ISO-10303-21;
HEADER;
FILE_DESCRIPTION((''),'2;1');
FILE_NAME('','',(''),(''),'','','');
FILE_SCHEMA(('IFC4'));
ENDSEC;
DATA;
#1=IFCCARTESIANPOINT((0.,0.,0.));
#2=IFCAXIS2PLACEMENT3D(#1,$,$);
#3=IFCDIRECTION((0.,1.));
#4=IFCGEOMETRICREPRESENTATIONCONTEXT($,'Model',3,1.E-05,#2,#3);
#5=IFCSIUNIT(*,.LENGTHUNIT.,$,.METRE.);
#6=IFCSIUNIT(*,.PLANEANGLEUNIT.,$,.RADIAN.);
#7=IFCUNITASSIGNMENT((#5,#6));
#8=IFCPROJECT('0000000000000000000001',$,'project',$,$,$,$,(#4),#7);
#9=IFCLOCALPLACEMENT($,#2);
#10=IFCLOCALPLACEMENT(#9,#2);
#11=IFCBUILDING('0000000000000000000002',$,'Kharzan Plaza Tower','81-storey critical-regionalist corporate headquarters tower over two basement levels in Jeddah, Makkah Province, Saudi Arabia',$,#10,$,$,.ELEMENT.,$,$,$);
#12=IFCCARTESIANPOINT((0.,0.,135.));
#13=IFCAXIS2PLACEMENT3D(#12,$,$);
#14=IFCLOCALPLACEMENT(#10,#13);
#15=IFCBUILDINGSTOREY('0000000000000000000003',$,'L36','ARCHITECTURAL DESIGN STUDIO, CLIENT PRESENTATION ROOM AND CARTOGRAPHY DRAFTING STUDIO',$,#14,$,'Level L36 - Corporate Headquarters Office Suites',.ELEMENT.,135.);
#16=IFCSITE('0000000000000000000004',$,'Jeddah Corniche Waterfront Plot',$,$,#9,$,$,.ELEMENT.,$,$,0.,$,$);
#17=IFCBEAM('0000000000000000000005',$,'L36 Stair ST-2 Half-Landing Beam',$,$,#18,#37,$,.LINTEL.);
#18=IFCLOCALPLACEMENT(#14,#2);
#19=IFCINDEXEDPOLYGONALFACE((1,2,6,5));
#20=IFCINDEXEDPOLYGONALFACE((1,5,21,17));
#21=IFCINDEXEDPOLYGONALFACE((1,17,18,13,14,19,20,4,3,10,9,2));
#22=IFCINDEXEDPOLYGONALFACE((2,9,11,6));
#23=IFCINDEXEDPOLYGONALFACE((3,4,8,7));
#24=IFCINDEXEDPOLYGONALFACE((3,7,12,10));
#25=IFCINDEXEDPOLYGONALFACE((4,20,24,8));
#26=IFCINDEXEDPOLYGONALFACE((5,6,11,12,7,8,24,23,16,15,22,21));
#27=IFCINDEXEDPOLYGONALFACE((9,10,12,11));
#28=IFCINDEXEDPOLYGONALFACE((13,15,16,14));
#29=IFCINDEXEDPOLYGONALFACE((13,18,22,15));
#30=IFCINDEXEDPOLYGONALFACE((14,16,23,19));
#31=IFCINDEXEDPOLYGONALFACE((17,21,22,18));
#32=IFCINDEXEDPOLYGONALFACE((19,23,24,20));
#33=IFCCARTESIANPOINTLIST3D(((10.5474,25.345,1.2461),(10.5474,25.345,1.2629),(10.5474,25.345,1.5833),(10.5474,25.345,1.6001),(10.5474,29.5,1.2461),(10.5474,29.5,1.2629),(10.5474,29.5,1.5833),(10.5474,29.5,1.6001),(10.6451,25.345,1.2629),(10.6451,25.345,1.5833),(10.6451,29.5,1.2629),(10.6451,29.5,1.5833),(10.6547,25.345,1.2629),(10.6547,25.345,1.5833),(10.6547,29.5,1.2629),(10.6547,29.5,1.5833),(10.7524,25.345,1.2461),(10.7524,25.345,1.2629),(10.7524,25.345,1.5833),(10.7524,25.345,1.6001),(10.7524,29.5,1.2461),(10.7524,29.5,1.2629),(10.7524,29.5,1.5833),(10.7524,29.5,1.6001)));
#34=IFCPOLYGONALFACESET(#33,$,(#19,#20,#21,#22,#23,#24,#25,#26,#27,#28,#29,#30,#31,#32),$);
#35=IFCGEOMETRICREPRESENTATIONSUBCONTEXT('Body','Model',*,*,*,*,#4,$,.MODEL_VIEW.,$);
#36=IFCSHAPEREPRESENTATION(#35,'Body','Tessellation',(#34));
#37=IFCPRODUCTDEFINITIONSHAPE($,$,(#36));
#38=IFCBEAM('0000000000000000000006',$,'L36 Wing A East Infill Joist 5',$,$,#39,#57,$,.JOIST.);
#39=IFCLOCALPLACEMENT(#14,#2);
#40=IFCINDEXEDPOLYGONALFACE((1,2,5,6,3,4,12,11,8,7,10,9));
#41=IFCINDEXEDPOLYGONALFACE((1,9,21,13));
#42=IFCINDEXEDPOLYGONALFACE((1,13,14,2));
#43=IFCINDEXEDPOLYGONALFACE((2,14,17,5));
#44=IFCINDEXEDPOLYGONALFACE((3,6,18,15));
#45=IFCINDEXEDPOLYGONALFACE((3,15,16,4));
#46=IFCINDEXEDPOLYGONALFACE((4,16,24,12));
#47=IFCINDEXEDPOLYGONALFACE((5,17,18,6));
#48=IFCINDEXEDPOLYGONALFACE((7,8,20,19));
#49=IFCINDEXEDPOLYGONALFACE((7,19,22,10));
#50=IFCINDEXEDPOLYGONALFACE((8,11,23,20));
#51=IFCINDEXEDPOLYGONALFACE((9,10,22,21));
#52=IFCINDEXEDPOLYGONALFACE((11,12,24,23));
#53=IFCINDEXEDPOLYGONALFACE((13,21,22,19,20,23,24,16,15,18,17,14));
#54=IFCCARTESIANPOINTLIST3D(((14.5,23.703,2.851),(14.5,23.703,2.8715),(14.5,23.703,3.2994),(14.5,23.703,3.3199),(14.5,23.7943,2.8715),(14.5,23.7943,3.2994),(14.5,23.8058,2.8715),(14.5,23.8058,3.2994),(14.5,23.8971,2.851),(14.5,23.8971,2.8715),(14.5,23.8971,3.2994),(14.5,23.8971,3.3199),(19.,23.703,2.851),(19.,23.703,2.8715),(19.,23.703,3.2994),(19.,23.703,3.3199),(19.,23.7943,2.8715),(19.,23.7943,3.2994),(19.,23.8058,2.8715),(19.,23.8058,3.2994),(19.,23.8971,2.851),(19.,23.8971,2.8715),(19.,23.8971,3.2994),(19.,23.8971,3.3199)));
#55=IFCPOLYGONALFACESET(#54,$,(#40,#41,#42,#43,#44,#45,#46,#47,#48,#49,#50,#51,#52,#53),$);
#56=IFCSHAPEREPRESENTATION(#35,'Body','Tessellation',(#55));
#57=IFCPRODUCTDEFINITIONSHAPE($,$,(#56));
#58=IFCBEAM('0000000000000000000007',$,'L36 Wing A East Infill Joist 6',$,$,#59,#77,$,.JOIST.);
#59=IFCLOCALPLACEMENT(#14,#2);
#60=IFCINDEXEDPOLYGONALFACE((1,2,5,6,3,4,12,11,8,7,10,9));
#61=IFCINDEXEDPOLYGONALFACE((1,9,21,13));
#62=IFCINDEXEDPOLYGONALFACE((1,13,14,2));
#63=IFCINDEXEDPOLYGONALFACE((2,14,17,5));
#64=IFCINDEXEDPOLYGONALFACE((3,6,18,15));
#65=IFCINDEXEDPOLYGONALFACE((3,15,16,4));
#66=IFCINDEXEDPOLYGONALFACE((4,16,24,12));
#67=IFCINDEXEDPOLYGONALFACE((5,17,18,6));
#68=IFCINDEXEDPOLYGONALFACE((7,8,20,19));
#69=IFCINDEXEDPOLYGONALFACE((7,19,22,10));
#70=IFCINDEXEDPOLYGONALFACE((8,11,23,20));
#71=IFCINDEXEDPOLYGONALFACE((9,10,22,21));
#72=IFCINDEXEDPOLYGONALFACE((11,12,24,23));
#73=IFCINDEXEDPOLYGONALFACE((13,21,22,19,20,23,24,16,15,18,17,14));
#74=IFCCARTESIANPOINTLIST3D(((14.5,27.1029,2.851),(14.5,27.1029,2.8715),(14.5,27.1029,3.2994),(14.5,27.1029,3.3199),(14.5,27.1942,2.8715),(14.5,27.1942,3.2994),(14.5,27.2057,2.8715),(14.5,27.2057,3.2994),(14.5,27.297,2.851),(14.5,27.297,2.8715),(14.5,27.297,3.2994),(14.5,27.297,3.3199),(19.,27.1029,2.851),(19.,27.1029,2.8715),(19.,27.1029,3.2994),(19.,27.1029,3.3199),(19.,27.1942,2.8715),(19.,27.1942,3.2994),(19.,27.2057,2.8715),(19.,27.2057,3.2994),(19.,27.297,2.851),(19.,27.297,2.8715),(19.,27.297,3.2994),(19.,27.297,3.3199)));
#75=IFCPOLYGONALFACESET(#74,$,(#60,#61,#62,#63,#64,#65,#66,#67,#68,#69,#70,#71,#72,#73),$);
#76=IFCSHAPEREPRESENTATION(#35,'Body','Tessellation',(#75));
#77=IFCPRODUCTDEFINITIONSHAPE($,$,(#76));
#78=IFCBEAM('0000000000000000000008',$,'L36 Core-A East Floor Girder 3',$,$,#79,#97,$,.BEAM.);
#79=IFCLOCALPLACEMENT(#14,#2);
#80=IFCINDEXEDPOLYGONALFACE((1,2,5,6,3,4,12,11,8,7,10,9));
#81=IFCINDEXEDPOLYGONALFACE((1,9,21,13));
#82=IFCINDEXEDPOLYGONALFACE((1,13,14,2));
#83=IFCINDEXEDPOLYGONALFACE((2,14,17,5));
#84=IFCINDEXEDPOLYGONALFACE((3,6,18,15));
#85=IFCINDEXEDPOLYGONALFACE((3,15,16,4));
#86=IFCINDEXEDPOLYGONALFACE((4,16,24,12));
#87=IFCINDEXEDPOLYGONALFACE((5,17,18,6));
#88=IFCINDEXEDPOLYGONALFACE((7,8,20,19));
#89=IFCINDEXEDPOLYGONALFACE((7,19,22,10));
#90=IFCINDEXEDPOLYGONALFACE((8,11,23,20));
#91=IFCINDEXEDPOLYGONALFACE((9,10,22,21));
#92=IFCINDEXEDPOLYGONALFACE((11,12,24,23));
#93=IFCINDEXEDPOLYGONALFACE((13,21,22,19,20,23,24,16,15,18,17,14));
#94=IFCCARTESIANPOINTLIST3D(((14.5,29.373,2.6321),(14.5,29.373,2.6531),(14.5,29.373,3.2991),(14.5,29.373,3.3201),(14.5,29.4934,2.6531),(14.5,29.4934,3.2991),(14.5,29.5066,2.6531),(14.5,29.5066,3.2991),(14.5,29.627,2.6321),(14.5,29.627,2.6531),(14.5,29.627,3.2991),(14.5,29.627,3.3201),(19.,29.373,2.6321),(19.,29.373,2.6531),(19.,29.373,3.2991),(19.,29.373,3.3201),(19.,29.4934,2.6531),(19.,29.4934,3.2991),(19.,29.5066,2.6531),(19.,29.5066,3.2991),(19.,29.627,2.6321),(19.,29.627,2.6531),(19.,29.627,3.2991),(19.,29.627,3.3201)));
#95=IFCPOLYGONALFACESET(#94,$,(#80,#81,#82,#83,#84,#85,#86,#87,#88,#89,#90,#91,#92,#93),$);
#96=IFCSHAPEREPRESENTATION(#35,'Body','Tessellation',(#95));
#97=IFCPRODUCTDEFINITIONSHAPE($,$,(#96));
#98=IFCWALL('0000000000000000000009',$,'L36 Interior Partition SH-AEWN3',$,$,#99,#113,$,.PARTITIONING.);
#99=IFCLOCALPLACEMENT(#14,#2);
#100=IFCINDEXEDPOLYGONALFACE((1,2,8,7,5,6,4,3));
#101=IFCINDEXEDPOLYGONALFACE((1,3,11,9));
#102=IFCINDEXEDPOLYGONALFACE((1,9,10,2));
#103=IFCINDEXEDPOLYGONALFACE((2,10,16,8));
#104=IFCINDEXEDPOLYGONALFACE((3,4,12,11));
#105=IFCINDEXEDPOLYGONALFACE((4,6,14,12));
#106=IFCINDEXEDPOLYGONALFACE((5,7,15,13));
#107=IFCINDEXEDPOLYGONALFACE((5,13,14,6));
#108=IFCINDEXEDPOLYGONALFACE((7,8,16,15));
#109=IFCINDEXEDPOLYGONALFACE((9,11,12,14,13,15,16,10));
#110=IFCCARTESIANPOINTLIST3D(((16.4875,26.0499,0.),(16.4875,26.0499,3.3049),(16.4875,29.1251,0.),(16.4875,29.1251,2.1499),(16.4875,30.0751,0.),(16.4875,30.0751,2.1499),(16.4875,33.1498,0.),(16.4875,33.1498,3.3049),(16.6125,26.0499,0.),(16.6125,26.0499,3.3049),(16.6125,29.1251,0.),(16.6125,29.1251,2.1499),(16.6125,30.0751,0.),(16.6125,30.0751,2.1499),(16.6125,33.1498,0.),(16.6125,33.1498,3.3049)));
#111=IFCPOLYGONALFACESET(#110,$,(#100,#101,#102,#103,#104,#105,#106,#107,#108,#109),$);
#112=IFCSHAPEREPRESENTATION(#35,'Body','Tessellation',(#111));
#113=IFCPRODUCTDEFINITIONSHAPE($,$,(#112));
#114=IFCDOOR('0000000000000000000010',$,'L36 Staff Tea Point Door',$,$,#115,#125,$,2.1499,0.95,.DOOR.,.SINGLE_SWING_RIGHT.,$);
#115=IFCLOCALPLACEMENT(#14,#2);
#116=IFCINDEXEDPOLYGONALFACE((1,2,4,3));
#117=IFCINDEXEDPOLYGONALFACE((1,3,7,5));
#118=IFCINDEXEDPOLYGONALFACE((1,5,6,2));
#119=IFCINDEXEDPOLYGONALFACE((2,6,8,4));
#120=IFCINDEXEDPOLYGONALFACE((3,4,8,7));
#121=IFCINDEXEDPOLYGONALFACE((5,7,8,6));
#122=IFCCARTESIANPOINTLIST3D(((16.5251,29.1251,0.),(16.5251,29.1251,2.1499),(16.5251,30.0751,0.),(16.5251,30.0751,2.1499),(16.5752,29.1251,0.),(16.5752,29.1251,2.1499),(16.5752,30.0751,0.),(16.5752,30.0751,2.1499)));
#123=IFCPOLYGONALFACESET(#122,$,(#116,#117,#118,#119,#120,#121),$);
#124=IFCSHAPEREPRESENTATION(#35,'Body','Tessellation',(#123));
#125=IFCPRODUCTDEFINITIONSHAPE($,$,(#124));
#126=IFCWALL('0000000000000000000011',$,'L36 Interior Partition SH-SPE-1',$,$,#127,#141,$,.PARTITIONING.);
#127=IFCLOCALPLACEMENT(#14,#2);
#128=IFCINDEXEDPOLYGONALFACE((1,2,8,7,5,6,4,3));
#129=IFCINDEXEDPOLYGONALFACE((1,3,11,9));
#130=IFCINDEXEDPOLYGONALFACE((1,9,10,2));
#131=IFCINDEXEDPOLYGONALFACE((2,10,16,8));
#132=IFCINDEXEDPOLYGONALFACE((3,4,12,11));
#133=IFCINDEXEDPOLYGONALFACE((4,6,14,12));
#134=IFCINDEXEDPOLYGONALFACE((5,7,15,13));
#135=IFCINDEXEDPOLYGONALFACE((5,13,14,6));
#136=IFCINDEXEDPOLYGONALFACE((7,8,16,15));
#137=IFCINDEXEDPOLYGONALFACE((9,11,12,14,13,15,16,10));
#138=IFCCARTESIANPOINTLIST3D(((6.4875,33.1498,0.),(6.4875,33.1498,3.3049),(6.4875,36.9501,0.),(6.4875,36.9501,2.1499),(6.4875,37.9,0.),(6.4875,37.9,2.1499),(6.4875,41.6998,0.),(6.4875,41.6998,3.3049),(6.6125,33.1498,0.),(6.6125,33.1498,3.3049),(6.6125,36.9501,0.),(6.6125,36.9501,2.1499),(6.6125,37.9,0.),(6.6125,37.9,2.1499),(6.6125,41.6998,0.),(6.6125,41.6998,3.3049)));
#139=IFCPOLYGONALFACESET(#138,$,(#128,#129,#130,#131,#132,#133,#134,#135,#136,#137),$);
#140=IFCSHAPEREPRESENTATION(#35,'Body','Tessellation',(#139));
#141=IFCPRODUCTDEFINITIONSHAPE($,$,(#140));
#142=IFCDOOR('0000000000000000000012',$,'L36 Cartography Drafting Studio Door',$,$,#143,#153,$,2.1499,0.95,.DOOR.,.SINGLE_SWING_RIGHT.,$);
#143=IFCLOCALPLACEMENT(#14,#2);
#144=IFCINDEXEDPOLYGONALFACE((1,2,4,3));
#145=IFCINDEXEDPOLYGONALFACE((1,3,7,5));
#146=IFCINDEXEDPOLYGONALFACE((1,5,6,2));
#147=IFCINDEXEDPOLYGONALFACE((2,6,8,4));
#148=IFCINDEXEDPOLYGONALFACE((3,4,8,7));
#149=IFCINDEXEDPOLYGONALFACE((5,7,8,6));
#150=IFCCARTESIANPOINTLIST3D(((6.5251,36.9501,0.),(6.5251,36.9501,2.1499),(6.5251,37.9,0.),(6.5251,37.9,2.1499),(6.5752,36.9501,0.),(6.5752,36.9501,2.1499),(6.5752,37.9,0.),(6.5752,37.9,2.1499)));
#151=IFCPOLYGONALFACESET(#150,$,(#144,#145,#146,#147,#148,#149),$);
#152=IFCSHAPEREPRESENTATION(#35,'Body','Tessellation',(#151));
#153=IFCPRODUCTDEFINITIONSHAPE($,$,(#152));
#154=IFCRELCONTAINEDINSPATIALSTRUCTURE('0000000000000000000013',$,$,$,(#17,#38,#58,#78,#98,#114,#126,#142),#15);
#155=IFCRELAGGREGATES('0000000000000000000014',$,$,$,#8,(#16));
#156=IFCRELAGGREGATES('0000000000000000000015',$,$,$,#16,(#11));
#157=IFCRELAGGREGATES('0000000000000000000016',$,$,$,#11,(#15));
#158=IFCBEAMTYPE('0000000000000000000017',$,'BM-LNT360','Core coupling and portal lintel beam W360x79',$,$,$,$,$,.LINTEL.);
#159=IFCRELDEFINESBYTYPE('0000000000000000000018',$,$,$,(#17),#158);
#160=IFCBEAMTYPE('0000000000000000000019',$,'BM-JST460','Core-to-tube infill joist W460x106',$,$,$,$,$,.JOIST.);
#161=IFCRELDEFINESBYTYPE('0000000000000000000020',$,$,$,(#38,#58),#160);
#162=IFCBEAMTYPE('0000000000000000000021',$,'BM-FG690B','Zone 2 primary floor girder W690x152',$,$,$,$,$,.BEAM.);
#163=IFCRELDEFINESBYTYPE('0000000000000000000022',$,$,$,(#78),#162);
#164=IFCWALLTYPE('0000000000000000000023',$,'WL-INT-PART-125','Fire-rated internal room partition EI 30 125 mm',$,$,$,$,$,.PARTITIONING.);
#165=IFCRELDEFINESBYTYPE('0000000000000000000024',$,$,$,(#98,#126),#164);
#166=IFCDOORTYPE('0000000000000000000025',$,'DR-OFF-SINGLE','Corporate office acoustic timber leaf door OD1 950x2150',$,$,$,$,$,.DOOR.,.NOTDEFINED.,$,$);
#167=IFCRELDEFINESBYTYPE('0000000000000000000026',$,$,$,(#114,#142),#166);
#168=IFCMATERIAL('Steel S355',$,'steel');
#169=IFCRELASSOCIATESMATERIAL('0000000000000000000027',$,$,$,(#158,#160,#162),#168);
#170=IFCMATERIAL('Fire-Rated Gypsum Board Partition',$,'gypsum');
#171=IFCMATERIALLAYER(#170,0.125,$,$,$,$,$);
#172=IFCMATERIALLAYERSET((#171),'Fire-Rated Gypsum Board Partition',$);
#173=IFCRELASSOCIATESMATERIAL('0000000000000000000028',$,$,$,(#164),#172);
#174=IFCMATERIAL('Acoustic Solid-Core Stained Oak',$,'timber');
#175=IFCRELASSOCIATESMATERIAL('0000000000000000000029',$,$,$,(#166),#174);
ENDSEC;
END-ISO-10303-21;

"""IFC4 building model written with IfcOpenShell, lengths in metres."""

from ifc_helpers import new_model, si_unit, direction, frame, frame_2d, origin, origin_2d, place, context, subcontext, project, spatial, rectangle, i_section, extrude, source, transform, mapped, material, layer, layer_set, material_profile, profile_set, type_object, element, fill, save


model = new_model("IFC4")

# Units and contexts
model_context = context("Model", 3, precision=1e-05, world=origin(), true_north=direction((0.0, 1.0)))
body_context = subcontext(model_context, "Body", "Model", "MODEL_VIEW")
ifc_project = project(units=[si_unit("LENGTHUNIT", "METRE"), si_unit("PLANEANGLEUNIT", "RADIAN")], contexts=[model_context])

# Site, building, storey
site_placement = place(None, origin())
site = spatial("IfcSite", under=ifc_project, at=site_placement, Name="Jeddah Corniche Waterfront Plot", CompositionType="ELEMENT", RefElevation=0.0)
building_placement = place(site_placement, origin())
building = spatial("IfcBuilding", under=site, at=building_placement, Name="Kharzan Plaza Tower", Description="81-storey critical-regionalist corporate headquarters tower over two basement levels in Jeddah, Makkah Province, Saudi Arabia", CompositionType="ELEMENT")
storey_placement = place(building_placement, frame((0.0, 0.0, 135.0)))
storey = spatial("IfcBuildingStorey", under=building, at=storey_placement, Name="L36", Description="ARCHITECTURAL DESIGN STUDIO, CLIENT PRESENTATION ROOM AND CARTOGRAPHY DRAFTING STUDIO", LongName="Level L36 - Corporate Headquarters Office Suites", CompositionType="ELEMENT", Elevation=135.0)

# Beams
ifc_material_1 = material(Name="Steel S355", Category="steel")
ifc_material_profile_1 = material_profile(ifc_material_1, i_section(OverallWidth=0.2051, OverallDepth=0.354, WebThickness=0.0095, FlangeThickness=0.0168, at=origin_2d()), Name="W360x79")
ifc_profile_set_1 = profile_set([ifc_material_profile_1], Name="Steel S355")
beam_type_1 = type_object("IfcBeamType", Name="BM-LNT360", Description="Core coupling and portal lintel beam W360x79", PredefinedType="LINTEL", material=ifc_profile_set_1)
shared_shape_1 = source(origin(), body_context, "Body", "SweptSolid", [
    extrude(i_section(OverallWidth=0.2051, OverallDepth=0.354, WebThickness=0.0095, FlangeThickness=0.0168, at=origin_2d()), origin(), (0.0, 0.0, 1.0), 4.155),
])
beam_1_placement = place(storey_placement, frame((10.6499, 25.345, 1.4231), z_axis=(0.0, 1.0, 0.0), x_axis=(-1.0, 0.0, 0.0)))
element("IfcBeam", 1, at=beam_1_placement, inside=storey, type_object=beam_type_1, Name="L36 Stair ST-2 Half-Landing Beam", PredefinedType="LINTEL", context=body_context, shape_type="MappedRepresentation", body=[
    mapped(shared_shape_1, transform((0.0, 0.0, 0.0), x_axis=(1.0, 0.0, 0.0), y_axis=(0.0, 1.0, 0.0), z_axis=(0.0, 0.0, 1.0))),
])
ifc_material_profile_2 = material_profile(ifc_material_1, i_section(OverallWidth=0.1941, OverallDepth=0.469, WebThickness=0.0115, FlangeThickness=0.0205, at=origin_2d()), Name="W460x106")
ifc_profile_set_2 = profile_set([ifc_material_profile_2], Name="Steel S355")
beam_type_2 = type_object("IfcBeamType", Name="BM-JST460", Description="Core-to-tube infill joist W460x106", PredefinedType="JOIST", material=ifc_profile_set_2)
shared_shape_2 = source(origin(), body_context, "Body", "SweptSolid", [
    extrude(i_section(OverallWidth=0.1941, OverallDepth=0.469, WebThickness=0.0115, FlangeThickness=0.0205, at=origin_2d()), origin(), (0.0, 0.0, 1.0), 4.5),
])
for number, where, z_axis, x_axis, name in (
    (2, (14.5, 23.8, 3.0854), (1.0, 0.0, 0.0), (0.0, 1.0, 0.0), "L36 Wing A East Infill Joist 5"),
    (3, (14.5, 27.2, 3.0854), (1.0, 0.0, 0.0), (0.0, 1.0, 0.0), "L36 Wing A East Infill Joist 6"),
):
    element("IfcBeam", number, at=place(storey_placement, frame(where, z_axis=z_axis, x_axis=x_axis)), inside=storey, type_object=beam_type_2, Name=name, PredefinedType="JOIST", context=body_context, shape_type="MappedRepresentation", body=[
        mapped(shared_shape_2, transform((0.0, 0.0, 0.0), x_axis=(1.0, 0.0, 0.0), y_axis=(0.0, 1.0, 0.0), z_axis=(0.0, 0.0, 1.0))),
    ])
ifc_material_profile_3 = material_profile(ifc_material_1, i_section(OverallWidth=0.2539, OverallDepth=0.688, WebThickness=0.0132, FlangeThickness=0.021, at=origin_2d()), Name="W690x152")
ifc_profile_set_3 = profile_set([ifc_material_profile_3], Name="Steel S355")
beam_type_3 = type_object("IfcBeamType", Name="BM-FG690B", Description="Zone 2 primary floor girder W690x152", PredefinedType="BEAM", material=ifc_profile_set_3)
shared_shape_3 = source(origin(), body_context, "Body", "SweptSolid", [
    extrude(i_section(OverallWidth=0.2539, OverallDepth=0.688, WebThickness=0.0132, FlangeThickness=0.021, at=origin_2d()), origin(), (0.0, 0.0, 1.0), 4.5),
])
beam_2_placement = place(storey_placement, frame((14.5, 29.5, 2.9761), z_axis=(1.0, 0.0, 0.0), x_axis=(0.0, 1.0, 0.0)))
element("IfcBeam", 4, at=beam_2_placement, inside=storey, type_object=beam_type_3, Name="L36 Core-A East Floor Girder 3", PredefinedType="BEAM", context=body_context, shape_type="MappedRepresentation", body=[
    mapped(shared_shape_3, transform((0.0, 0.0, 0.0), x_axis=(1.0, 0.0, 0.0), y_axis=(0.0, 1.0, 0.0), z_axis=(0.0, 0.0, 1.0))),
])

# Walls, openings, doors
ifc_material_2 = material(Name="Fire-Rated Gypsum Board Partition", Category="gypsum")
ifc_layer_1 = layer(ifc_material_2, 0.125)
ifc_layer_set_1 = layer_set([ifc_layer_1], Name="Fire-Rated Gypsum Board Partition")
wall_type_1 = type_object("IfcWallType", Name="WL-INT-PART-125", Description="Fire-rated internal room partition EI 30 125 mm", PredefinedType="PARTITIONING", material=ifc_layer_set_1)
wall_1_placement = place(storey_placement, frame((16.55, 26.05, 0.0), z_axis=(0.0, 0.0, 1.0), x_axis=(0.0, 1.0, 0.0)))
wall_1 = element("IfcWall", 5, at=wall_1_placement, inside=storey, type_object=wall_type_1, Name="L36 Interior Partition SH-AEWN3", PredefinedType="PARTITIONING", context=body_context, shape_type="SweptSolid", body=[
    extrude(rectangle(XDim=7.0999, YDim=0.125, at=frame_2d((3.5498, 0.0))), origin(), (0.0, 0.0, 1.0), 3.3049),
])
opening_1_placement = place(wall_1_placement, frame((3.075, 0.0, 0.0)))
opening_1 = element("IfcOpeningElement", 6, at=opening_1_placement, cuts=wall_1, PredefinedType="OPENING", context=body_context, shape_type="SweptSolid", body=[
    extrude(rectangle(XDim=0.95, YDim=2.1499, at=frame_2d((0.4751, 1.075))), frame((0.0, 0.0725, 0.0), z_axis=(0.0, -1.0, 0.0), x_axis=(1.0, 0.0, 0.0)), (0.0, 0.0, 1.0), 0.145),
])
ifc_material_3 = material(Name="Acoustic Solid-Core Stained Oak", Category="timber")
door_type_1 = type_object("IfcDoorType", Name="DR-OFF-SINGLE", Description="Corporate office acoustic timber leaf door OD1 950x2150", OperationType="NOTDEFINED", PredefinedType="DOOR", material=ifc_material_3)
shared_shape_4 = source(origin(), body_context, "Body", "SweptSolid", [
    extrude(rectangle(XDim=0.95, YDim=2.1499, at=frame_2d((0.4751, 1.075))), frame((0.0, 0.0249, 0.0), z_axis=(0.0, -1.0, 0.0), x_axis=(1.0, 0.0, 0.0)), (0.0, 0.0, 1.0), 0.05),
])
door_1_placement = place(opening_1_placement, origin())
door_1 = element("IfcDoor", 7, at=door_1_placement, inside=storey, type_object=door_type_1, Name="L36 Staff Tea Point Door", OperationType="SINGLE_SWING_RIGHT", OverallHeight=2.1499, OverallWidth=0.95, PredefinedType="DOOR", context=body_context, shape_type="MappedRepresentation", body=[
    mapped(shared_shape_4, transform((0.0, 0.0, 0.0), x_axis=(1.0, 0.0, 0.0), y_axis=(0.0, 1.0, 0.0), z_axis=(0.0, 0.0, 1.0))),
])
fill(opening_1, door_1)
wall_2_placement = place(storey_placement, frame((6.55, 33.1499, 0.0), z_axis=(0.0, 0.0, 1.0), x_axis=(0.0, 1.0, 0.0)))
wall_2 = element("IfcWall", 8, at=wall_2_placement, inside=storey, type_object=wall_type_1, Name="L36 Interior Partition SH-SPE-1", PredefinedType="PARTITIONING", context=body_context, shape_type="SweptSolid", body=[
    extrude(rectangle(XDim=8.55, YDim=0.125, at=frame_2d((4.2749, 0.0))), origin(), (0.0, 0.0, 1.0), 3.3049),
])
opening_2_placement = place(wall_2_placement, frame((3.8, 0.0, 0.0)))
opening_2 = element("IfcOpeningElement", 9, at=opening_2_placement, cuts=wall_2, PredefinedType="OPENING", context=body_context, shape_type="SweptSolid", body=[
    extrude(rectangle(XDim=0.95, YDim=2.1499, at=frame_2d((0.4751, 1.075))), frame((0.0, 0.0725, 0.0), z_axis=(0.0, -1.0, 0.0), x_axis=(1.0, 0.0, 0.0)), (0.0, 0.0, 1.0), 0.145),
])
door_2_placement = place(opening_2_placement, origin())
door_2 = element("IfcDoor", 10, at=door_2_placement, inside=storey, type_object=door_type_1, Name="L36 Cartography Drafting Studio Door", OperationType="SINGLE_SWING_RIGHT", OverallHeight=2.1499, OverallWidth=0.95, PredefinedType="DOOR", context=body_context, shape_type="MappedRepresentation", body=[
    mapped(shared_shape_4, transform((0.0, 0.0, 0.0), x_axis=(1.0, 0.0, 0.0), y_axis=(0.0, 1.0, 0.0), z_axis=(0.0, 0.0, 1.0))),
])
fill(opening_2, door_2)

save(model, "model.ifc")
